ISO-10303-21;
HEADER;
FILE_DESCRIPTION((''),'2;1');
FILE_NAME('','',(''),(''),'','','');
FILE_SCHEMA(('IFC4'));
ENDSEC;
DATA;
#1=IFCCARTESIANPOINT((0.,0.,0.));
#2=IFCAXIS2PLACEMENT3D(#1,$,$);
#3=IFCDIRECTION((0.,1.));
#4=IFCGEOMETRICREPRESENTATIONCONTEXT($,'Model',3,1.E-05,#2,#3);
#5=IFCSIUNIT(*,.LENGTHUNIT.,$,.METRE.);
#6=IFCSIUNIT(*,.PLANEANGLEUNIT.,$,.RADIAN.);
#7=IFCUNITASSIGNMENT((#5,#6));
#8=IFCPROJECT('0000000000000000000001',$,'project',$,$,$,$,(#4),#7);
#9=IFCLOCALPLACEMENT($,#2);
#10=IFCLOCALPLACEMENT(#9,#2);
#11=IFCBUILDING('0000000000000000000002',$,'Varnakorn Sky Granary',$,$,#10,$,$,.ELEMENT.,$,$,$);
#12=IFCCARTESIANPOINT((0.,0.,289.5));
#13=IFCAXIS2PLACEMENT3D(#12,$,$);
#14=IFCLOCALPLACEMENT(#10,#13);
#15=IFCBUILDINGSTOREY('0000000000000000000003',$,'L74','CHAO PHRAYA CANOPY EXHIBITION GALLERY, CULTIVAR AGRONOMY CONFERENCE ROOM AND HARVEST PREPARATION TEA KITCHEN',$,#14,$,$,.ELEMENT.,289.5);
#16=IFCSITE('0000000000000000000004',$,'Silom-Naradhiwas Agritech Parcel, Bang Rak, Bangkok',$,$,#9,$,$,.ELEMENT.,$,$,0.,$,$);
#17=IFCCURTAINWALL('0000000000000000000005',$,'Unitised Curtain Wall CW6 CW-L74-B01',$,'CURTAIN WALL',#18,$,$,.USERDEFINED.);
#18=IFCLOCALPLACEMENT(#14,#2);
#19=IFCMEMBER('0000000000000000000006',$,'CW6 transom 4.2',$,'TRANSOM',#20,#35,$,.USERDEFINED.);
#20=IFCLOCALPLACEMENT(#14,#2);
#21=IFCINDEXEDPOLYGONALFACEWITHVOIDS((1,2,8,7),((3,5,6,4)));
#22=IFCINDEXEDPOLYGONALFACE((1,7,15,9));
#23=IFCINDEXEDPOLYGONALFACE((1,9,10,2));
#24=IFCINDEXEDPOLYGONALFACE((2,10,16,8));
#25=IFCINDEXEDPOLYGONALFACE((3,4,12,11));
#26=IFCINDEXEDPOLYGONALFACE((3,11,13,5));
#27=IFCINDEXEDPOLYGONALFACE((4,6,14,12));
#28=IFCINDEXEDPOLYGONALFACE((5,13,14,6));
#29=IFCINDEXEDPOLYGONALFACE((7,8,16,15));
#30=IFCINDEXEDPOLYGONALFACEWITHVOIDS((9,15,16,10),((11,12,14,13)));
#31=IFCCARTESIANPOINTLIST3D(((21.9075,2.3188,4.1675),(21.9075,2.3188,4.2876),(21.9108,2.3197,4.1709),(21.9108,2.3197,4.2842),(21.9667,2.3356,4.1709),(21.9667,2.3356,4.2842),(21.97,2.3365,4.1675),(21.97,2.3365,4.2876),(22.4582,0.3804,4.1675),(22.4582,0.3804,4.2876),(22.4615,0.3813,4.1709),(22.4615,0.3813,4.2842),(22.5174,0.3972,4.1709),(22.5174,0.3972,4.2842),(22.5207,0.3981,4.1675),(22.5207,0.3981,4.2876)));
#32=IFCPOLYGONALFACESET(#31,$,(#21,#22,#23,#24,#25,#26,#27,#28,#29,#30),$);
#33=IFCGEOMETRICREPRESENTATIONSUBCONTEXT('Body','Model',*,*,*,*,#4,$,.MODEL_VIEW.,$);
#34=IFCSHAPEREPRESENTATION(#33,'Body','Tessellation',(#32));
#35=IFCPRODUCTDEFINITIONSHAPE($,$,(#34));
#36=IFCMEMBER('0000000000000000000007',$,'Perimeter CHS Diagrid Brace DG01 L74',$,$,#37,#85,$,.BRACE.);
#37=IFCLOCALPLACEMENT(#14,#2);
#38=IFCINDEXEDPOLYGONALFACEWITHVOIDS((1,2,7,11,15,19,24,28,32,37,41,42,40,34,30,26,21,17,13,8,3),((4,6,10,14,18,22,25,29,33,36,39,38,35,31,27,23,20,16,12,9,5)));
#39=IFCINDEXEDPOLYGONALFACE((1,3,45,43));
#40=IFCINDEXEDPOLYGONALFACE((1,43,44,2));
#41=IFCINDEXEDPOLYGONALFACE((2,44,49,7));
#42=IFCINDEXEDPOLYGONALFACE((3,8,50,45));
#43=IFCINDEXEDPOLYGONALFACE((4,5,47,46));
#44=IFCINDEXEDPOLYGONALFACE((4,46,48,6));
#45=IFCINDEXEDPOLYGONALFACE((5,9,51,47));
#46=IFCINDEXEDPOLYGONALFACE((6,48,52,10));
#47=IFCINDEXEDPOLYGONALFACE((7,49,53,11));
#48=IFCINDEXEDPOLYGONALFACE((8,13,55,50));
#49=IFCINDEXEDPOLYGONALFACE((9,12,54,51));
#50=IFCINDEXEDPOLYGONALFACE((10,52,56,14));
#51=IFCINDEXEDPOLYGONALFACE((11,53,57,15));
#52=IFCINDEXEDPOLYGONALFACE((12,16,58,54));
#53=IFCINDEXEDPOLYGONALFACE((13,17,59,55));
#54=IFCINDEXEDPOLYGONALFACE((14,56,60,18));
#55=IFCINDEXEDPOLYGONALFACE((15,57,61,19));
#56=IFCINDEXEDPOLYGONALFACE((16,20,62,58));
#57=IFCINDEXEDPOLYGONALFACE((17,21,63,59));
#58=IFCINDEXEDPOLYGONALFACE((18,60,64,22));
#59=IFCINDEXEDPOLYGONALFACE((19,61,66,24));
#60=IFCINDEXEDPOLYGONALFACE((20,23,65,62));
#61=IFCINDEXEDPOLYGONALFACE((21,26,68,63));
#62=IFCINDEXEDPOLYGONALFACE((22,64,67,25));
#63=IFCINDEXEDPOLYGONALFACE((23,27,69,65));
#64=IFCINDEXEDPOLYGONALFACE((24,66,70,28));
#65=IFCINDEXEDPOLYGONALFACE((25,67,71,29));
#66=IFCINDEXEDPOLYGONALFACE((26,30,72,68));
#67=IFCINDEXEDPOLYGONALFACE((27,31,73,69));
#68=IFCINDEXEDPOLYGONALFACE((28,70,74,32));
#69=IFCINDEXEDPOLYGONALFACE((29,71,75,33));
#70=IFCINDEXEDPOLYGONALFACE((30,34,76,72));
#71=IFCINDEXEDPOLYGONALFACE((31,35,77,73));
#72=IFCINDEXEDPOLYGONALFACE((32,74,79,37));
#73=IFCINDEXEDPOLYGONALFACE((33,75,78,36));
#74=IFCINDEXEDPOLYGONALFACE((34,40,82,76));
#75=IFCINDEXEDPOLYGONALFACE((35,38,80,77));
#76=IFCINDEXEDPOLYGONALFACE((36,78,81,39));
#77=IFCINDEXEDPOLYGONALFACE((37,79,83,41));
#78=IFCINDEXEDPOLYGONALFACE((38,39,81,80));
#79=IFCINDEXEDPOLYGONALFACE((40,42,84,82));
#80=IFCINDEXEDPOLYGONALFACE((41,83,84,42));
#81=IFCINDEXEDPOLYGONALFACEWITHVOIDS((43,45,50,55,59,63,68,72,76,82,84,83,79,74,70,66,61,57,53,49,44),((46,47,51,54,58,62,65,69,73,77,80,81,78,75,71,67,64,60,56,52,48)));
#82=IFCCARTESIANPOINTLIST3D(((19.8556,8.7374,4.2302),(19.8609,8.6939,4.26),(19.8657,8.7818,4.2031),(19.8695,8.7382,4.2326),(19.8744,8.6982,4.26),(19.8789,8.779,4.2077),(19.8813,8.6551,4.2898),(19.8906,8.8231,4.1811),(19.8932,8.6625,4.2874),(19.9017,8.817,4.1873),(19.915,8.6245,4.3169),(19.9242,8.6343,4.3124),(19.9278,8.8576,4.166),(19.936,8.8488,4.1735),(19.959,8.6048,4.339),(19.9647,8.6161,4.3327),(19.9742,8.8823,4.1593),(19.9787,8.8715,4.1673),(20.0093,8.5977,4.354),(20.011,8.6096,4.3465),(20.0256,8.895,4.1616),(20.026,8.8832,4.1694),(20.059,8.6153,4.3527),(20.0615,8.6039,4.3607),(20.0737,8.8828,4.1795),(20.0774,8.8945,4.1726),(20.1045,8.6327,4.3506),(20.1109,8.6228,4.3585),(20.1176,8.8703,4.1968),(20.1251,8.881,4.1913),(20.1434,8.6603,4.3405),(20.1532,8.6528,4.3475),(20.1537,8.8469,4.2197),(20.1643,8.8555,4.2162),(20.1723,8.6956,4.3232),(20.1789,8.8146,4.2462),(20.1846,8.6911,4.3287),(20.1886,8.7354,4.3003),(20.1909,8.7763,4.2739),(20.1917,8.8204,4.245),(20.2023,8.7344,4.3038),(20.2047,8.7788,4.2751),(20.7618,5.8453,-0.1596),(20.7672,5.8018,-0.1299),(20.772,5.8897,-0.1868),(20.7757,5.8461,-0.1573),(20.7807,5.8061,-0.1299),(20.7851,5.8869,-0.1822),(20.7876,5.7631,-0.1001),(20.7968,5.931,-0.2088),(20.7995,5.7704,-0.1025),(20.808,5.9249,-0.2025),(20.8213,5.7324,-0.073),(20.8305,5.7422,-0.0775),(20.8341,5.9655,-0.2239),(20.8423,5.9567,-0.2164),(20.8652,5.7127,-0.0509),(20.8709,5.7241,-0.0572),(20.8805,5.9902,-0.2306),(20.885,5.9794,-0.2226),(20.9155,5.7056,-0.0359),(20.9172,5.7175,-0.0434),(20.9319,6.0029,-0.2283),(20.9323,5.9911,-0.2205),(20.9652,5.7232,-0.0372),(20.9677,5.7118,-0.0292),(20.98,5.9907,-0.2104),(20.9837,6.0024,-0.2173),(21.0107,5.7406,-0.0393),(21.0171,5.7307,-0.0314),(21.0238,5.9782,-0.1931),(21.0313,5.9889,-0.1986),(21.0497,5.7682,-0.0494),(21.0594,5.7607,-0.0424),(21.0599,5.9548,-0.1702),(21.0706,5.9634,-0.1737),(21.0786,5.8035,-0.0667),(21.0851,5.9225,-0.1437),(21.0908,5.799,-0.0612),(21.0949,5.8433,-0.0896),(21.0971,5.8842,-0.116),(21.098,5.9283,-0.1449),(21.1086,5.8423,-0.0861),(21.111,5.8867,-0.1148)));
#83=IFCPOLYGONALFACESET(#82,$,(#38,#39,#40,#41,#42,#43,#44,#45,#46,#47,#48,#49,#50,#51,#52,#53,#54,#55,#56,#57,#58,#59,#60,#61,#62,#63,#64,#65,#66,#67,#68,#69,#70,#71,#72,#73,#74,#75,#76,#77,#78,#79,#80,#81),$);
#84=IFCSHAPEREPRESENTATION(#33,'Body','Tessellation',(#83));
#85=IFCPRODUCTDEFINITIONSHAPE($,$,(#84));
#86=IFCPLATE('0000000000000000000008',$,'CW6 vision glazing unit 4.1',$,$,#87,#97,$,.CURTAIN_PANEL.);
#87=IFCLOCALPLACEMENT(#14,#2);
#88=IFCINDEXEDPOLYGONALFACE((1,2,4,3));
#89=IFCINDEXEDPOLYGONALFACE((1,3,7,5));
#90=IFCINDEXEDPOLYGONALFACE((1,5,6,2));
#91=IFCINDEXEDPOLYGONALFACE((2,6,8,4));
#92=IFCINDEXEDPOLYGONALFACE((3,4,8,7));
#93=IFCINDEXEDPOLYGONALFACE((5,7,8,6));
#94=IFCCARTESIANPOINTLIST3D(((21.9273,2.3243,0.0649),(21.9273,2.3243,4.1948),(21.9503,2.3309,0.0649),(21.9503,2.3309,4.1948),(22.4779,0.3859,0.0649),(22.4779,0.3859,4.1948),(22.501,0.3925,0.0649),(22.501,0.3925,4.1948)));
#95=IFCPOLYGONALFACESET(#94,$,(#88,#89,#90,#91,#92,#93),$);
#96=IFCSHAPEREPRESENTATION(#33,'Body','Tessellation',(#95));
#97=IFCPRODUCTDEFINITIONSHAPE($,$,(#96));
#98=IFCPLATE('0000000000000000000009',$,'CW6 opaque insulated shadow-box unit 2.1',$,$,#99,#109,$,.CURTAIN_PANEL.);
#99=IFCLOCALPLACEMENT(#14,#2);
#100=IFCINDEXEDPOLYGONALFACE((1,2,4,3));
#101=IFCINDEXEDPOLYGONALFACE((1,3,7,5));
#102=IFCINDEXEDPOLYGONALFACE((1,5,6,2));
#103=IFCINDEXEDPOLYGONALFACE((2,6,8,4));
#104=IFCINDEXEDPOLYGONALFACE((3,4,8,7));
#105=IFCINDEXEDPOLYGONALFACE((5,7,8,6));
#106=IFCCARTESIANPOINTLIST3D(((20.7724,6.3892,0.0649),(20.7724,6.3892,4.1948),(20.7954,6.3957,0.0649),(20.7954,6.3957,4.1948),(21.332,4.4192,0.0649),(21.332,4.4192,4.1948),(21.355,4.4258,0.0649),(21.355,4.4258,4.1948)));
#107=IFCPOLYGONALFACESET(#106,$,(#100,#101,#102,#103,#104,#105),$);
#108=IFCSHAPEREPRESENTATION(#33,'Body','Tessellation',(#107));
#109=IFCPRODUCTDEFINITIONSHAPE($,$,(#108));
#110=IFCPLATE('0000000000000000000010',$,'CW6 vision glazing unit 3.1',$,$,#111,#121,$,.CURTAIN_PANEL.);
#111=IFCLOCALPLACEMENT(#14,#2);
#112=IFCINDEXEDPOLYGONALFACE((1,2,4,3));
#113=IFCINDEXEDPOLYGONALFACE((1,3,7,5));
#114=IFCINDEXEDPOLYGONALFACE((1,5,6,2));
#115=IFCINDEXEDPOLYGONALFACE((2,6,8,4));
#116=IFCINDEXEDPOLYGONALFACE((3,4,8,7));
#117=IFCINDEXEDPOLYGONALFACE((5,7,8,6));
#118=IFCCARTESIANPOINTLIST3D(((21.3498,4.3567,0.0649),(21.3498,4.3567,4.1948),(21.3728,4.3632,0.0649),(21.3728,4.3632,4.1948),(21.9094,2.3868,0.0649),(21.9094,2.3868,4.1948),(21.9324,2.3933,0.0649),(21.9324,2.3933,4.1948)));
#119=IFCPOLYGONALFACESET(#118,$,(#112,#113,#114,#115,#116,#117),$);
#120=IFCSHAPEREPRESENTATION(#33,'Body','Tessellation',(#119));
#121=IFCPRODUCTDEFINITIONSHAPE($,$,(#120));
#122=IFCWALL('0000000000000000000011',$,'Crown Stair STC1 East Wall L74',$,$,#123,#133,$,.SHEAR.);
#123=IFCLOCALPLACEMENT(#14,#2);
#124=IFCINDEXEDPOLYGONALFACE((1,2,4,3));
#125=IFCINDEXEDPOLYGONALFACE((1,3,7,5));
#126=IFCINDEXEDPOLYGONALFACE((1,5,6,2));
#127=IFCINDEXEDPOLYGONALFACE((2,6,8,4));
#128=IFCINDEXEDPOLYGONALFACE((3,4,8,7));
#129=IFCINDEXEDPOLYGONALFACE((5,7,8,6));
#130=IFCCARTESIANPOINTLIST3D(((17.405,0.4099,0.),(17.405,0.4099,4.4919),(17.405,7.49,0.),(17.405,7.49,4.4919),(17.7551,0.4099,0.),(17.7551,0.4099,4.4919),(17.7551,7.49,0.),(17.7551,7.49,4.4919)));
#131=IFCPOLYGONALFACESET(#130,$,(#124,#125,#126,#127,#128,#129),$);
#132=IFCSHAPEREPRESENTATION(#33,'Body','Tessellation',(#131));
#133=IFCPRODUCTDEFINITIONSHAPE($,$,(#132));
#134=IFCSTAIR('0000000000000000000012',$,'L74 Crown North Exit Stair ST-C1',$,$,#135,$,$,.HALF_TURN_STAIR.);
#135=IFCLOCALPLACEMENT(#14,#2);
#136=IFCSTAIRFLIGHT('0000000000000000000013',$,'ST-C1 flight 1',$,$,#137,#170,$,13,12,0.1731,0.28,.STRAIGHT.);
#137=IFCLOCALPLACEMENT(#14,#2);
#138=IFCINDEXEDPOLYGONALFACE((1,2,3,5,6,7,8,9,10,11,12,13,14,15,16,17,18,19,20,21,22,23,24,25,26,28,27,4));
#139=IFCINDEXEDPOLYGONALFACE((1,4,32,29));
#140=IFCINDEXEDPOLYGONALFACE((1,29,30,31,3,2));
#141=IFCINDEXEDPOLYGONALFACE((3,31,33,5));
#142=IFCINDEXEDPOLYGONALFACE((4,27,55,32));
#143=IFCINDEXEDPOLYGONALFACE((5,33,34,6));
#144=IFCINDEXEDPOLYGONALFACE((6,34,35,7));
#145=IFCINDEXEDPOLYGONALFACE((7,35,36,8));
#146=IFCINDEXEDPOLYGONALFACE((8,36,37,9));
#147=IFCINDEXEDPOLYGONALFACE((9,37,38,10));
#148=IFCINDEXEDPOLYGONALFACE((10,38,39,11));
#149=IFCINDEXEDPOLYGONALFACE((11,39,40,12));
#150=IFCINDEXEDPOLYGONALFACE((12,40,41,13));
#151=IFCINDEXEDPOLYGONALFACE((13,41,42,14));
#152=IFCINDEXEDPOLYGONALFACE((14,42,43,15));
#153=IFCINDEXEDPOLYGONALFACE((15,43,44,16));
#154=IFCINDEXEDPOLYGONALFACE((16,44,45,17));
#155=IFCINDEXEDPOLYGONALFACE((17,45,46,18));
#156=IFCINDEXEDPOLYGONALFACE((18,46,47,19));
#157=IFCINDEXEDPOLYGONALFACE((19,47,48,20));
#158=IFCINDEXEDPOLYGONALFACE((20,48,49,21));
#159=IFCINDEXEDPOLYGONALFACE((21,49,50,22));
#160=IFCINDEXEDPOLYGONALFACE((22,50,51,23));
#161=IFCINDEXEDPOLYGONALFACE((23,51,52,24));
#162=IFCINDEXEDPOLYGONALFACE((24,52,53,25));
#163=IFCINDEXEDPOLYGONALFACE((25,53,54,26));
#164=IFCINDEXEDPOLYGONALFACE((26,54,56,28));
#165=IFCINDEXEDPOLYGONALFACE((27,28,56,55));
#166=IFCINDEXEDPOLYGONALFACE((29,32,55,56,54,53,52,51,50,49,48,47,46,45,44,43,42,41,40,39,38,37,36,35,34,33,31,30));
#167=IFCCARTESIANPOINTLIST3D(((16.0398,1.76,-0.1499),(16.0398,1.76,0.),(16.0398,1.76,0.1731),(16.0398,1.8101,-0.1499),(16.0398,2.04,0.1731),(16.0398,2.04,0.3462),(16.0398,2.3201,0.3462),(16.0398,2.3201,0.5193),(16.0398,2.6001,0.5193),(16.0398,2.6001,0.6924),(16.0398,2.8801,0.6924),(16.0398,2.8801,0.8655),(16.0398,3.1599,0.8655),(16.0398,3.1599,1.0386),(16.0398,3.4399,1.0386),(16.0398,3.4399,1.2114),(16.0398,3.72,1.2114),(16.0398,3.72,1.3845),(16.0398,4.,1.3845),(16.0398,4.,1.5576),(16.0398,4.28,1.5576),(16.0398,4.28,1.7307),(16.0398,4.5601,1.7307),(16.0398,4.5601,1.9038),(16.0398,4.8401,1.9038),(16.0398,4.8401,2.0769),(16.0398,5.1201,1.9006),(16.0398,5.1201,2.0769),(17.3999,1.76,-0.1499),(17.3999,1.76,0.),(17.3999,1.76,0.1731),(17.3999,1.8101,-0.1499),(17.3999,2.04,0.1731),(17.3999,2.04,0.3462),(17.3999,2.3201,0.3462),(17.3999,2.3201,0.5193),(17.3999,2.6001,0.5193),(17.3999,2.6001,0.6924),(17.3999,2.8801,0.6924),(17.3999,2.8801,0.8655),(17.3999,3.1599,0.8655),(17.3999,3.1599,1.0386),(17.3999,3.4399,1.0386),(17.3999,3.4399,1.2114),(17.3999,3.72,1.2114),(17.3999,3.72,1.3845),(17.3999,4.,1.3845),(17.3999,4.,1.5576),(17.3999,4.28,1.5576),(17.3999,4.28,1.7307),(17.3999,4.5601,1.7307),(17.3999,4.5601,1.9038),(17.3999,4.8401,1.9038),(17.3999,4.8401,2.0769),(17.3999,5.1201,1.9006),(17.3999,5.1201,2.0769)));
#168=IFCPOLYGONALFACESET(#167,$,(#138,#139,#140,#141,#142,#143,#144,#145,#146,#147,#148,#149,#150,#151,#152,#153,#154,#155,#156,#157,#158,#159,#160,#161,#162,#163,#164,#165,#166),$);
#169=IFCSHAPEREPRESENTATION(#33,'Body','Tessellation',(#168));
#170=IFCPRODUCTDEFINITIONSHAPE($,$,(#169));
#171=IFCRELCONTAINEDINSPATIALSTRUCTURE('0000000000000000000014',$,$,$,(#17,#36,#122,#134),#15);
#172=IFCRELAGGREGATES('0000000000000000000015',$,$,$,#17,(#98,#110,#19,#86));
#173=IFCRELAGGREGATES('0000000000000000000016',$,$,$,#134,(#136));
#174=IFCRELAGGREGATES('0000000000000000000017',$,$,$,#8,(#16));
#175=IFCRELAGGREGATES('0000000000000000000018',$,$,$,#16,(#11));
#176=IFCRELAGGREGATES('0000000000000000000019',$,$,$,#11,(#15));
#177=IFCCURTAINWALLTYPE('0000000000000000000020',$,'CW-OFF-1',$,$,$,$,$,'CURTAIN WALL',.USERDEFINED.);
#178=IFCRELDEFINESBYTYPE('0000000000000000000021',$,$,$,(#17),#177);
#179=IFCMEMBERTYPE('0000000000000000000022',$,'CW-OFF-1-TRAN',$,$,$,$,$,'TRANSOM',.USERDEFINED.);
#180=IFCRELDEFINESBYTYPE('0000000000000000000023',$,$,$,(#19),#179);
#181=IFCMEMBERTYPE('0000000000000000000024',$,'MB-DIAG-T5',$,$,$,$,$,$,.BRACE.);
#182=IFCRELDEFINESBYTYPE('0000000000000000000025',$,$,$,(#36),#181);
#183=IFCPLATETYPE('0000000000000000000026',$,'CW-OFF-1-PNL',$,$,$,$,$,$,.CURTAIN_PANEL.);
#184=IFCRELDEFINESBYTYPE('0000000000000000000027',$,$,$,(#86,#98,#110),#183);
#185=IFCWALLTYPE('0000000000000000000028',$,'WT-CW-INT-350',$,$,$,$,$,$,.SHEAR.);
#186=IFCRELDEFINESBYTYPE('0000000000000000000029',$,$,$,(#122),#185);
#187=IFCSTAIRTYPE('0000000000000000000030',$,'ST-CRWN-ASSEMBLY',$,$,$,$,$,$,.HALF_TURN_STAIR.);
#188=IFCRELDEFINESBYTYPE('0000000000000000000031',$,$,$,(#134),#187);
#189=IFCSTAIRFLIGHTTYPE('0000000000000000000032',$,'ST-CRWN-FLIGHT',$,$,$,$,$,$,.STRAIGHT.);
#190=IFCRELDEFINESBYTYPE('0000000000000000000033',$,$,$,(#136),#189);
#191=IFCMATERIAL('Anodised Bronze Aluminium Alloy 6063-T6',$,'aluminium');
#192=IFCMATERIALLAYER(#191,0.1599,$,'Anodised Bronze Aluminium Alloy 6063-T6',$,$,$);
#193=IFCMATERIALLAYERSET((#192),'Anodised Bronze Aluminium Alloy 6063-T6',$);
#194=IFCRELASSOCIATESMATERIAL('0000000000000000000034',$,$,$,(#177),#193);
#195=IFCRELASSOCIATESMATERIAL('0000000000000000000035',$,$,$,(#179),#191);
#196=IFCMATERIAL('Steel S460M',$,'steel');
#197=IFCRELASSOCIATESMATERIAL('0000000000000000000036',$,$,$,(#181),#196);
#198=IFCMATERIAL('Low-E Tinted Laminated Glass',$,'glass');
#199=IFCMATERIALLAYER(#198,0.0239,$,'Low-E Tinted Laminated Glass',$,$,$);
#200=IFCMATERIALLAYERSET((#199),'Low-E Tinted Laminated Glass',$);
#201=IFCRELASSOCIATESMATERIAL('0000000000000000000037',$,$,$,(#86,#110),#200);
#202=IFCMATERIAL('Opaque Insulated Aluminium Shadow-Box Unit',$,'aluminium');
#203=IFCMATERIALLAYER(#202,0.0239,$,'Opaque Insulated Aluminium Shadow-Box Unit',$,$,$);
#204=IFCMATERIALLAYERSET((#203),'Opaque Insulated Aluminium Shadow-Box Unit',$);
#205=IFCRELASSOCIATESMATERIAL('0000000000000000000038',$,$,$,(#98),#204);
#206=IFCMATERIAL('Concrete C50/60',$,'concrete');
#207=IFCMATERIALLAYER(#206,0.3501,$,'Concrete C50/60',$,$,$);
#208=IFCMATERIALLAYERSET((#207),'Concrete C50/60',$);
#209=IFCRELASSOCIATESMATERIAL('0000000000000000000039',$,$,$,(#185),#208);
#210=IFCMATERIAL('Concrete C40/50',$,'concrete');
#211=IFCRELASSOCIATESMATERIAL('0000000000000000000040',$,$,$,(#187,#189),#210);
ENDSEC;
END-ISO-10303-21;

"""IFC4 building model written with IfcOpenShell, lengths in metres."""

from ifc_helpers import new_model, si_unit, direction, frame, frame_2d, origin, origin_2d, place, context, subcontext, project, spatial, polyline, rectangle, hollow_rectangle, hollow_circle, outline, extrude, source, transform, mapped, material, layer, layer_set, material_profile, profile_set, type_object, type_shapes, element, aggregate, save


model = new_model("IFC4")

# Units and contexts
model_context = context("Model", 3, precision=1e-05, world=origin(), true_north=direction((0.0, 1.0)))
body_context = subcontext(model_context, "Body", "Model", "MODEL_VIEW")
ifc_project = project(units=[si_unit("LENGTHUNIT", "METRE"), si_unit("PLANEANGLEUNIT", "RADIAN")], contexts=[model_context])

# Site, building, storey
site_placement = place(None, origin())
site = spatial("IfcSite", under=ifc_project, at=site_placement, Name="Silom-Naradhiwas Agritech Parcel, Bang Rak, Bangkok", CompositionType="ELEMENT", RefElevation=0.0)
building_placement = place(site_placement, origin())
building = spatial("IfcBuilding", under=site, at=building_placement, Name="Varnakorn Sky Granary", CompositionType="ELEMENT")
storey_placement = place(building_placement, frame((0.0, 0.0, 289.5)))
storey = spatial("IfcBuildingStorey", under=building, at=storey_placement, Name="L74", Description="CHAO PHRAYA CANOPY EXHIBITION GALLERY, CULTIVAR AGRONOMY CONFERENCE ROOM AND HARVEST PREPARATION TEA KITCHEN", CompositionType="ELEMENT", Elevation=289.5)

# Curtain wall, member
ifc_material_1 = material(Name="Anodised Bronze Aluminium Alloy 6063-T6", Category="aluminium")
ifc_layer_1 = layer(ifc_material_1, 0.1599, Name="Anodised Bronze Aluminium Alloy 6063-T6")
ifc_layer_set_1 = layer_set([ifc_layer_1], Name="Anodised Bronze Aluminium Alloy 6063-T6")
curtain_wall_type = type_object("IfcCurtainWallType", Name="CW-OFF-1", ElementType="CURTAIN WALL", PredefinedType="USERDEFINED", material=ifc_layer_set_1)
curtain_wall_placement = place(storey_placement, origin())
curtain_wall = element("IfcCurtainWall", 1, at=curtain_wall_placement, inside=storey, type_object=curtain_wall_type, Name="Unitised Curtain Wall CW6 CW-L74-B01", ObjectType="CURTAIN WALL", PredefinedType="USERDEFINED")
ifc_material_profile_1 = material_profile(ifc_material_1, hollow_rectangle(XDim=0.0649, YDim=0.1201, WallThickness=0.0034, at=origin_2d()), Name="ALU TRAN 65x120")
ifc_profile_set_1 = profile_set([ifc_material_profile_1], Name="Anodised Bronze Aluminium Alloy 6063-T6")
member_type_1 = type_object("IfcMemberType", Name="CW-OFF-1-TRAN", ElementType="TRANSOM", PredefinedType="USERDEFINED", material=ifc_profile_set_1)
member_1_placement = place(storey_placement, frame((21.9387, 2.3276, 4.2275), z_axis=(0.273313, -0.961925, 0.0), x_axis=(0.961925, 0.273313, 0.0)))
member_1 = element("IfcMember", 2, at=member_1_placement, type_object=member_type_1, Name="CW6 transom 4.2", ObjectType="TRANSOM", PredefinedType="USERDEFINED", context=body_context, shape_type="SweptSolid", body=[
    extrude(hollow_rectangle(XDim=0.0649, YDim=0.1201, WallThickness=0.0034, at=origin_2d()), origin(), (0.0, 0.0, 1.0), 2.0151),
])

# Member
ifc_material_2 = material(Name="Steel S460M", Category="steel")
ifc_material_profile_2 = material_profile(ifc_material_2, hollow_circle(Radius=0.1777, WallThickness=0.0142, at=origin_2d()), Name="CHS 355.6x14")
ifc_profile_set_2 = profile_set([ifc_material_profile_2], Name="Steel S460M")
member_type_2 = type_object("IfcMemberType", Name="MB-DIAG-T5", PredefinedType="BRACE", material=ifc_profile_set_2)
member_2_placement = place(storey_placement, frame((20.9368, 5.855, -0.1299), z_axis=(-0.169885, 0.542151, 0.822929), x_axis=(-0.954247, -0.299018, 0.0)))
element("IfcMember", 3, at=member_2_placement, inside=storey, type_object=member_type_2, Name="Perimeter CHS Diagrid Brace DG01 L74", PredefinedType="BRACE", context=body_context, shape_type="SweptSolid", body=[
    extrude(hollow_circle(Radius=0.1777, WallThickness=0.0142, at=origin_2d()), origin(), (0.0, 0.0, 1.0), 5.3345),
])

# Plates
ifc_material_3 = material(Name="Low-E Tinted Laminated Glass", Category="glass")
ifc_layer_2 = layer(ifc_material_3, 0.0239, Name="Low-E Tinted Laminated Glass")
ifc_layer_set_2 = layer_set([ifc_layer_2], Name="Low-E Tinted Laminated Glass")
plate_type = type_object("IfcPlateType", Name="CW-OFF-1-PNL", PredefinedType="CURTAIN_PANEL")
shared_shape_1 = source(origin(), body_context, "Body", "SweptSolid", [
    extrude(rectangle(XDim=2.0151, YDim=0.0239, at=origin_2d()), origin(), (0.0, 0.0, 1.0), 4.1299),
])
plate_1_placement = place(storey_placement, frame((22.2141, 1.3584, 0.0649), z_axis=(0.0, 0.0, 1.0), x_axis=(0.27327, -0.961937, 0.0)))
plate_1 = element("IfcPlate", 4, at=plate_1_placement, type_object=plate_type, material=ifc_layer_set_2, Name="CW6 vision glazing unit 4.1", PredefinedType="CURTAIN_PANEL", context=body_context, shape_type="MappedRepresentation", body=[
    mapped(shared_shape_1, transform((0.0, 0.0, 0.0), x_axis=(1.0, 0.0, 0.0), y_axis=(0.0, 1.0, 0.0), z_axis=(0.0, 0.0, 1.0), scale=1.0)),
])
ifc_material_4 = material(Name="Opaque Insulated Aluminium Shadow-Box Unit", Category="aluminium")
ifc_layer_3 = layer(ifc_material_4, 0.0239, Name="Opaque Insulated Aluminium Shadow-Box Unit")
ifc_layer_set_3 = layer_set([ifc_layer_3], Name="Opaque Insulated Aluminium Shadow-Box Unit")
shared_shape_2 = source(origin(), body_context, "Body", "SweptSolid", [
    extrude(rectangle(XDim=2.0479, YDim=0.0239, at=origin_2d()), origin(), (0.0, 0.0, 1.0), 4.1299),
])
type_shapes(plate_type, [shared_shape_1, shared_shape_2])
plate_2_placement = place(storey_placement, frame((21.0637, 5.4075, 0.0649), z_axis=(0.0, 0.0, 1.0), x_axis=(0.27327, -0.961937, 0.0)))
plate_2 = element("IfcPlate", 5, at=plate_2_placement, type_object=plate_type, material=ifc_layer_set_3, Name="CW6 opaque insulated shadow-box unit 2.1", PredefinedType="CURTAIN_PANEL", context=body_context, shape_type="MappedRepresentation", body=[
    mapped(shared_shape_2, transform((0.0, 0.0, 0.0), x_axis=(1.0, 0.0, 0.0), y_axis=(0.0, 1.0, 0.0), z_axis=(0.0, 0.0, 1.0), scale=1.0)),
])
plate_3_placement = place(storey_placement, frame((21.6411, 3.375, 0.0649), z_axis=(0.0, 0.0, 1.0), x_axis=(0.27327, -0.961937, 0.0)))
plate_3 = element("IfcPlate", 6, at=plate_3_placement, type_object=plate_type, material=ifc_layer_set_2, Name="CW6 vision glazing unit 3.1", PredefinedType="CURTAIN_PANEL", context=body_context, shape_type="MappedRepresentation", body=[
    mapped(shared_shape_2, transform((0.0, 0.0, 0.0), x_axis=(1.0, 0.0, 0.0), y_axis=(0.0, 1.0, 0.0), z_axis=(0.0, 0.0, 1.0), scale=1.0)),
])
aggregate(curtain_wall, [plate_2, plate_3, member_1, plate_1])

# Wall
ifc_material_5 = material(Name="Concrete C50/60", Category="concrete")
ifc_layer_4 = layer(ifc_material_5, 0.3501, Name="Concrete C50/60")
ifc_layer_set_4 = layer_set([ifc_layer_4], Name="Concrete C50/60")
wall_type = type_object("IfcWallType", Name="WT-CW-INT-350", PredefinedType="SHEAR", material=ifc_layer_set_4)
wall_placement = place(storey_placement, frame((17.5801, 0.4099, 0.0), z_axis=(0.0, 0.0, 1.0), x_axis=(0.0, 1.0, 0.0)))
element("IfcWall", 7, at=wall_placement, inside=storey, type_object=wall_type, Name="Crown Stair STC1 East Wall L74", PredefinedType="SHEAR", context=body_context, shape_type="SweptSolid", body=[
    extrude(rectangle(XDim=7.0801, YDim=0.3501, at=frame_2d((3.54, 0.0))), origin(), (0.0, 0.0, 1.0), 4.4919),
])

# Stair, stair flight
ifc_material_6 = material(Name="Concrete C40/50", Category="concrete")
stair_type = type_object("IfcStairType", Name="ST-CRWN-ASSEMBLY", PredefinedType="HALF_TURN_STAIR", material=ifc_material_6)
stair_placement = place(storey_placement, origin())
stair = element("IfcStair", 8, at=stair_placement, inside=storey, type_object=stair_type, Name="L74 Crown North Exit Stair ST-C1", PredefinedType="HALF_TURN_STAIR")
stair_flight_type = type_object("IfcStairFlightType", Name="ST-CRWN-FLIGHT", PredefinedType="STRAIGHT", material=ifc_material_6)
stair_flight_1_placement = place(storey_placement, frame((16.72, 1.76, 0.0), z_axis=(0.0, 0.0, 1.0), x_axis=(0.0, 1.0, 0.0)))
stair_flight_1 = element("IfcStairFlight", 9, at=stair_flight_1_placement, type_object=stair_flight_type, Name="ST-C1 flight 1", NumberOfRisers=13, NumberOfTreads=12, PredefinedType="STRAIGHT", RiserHeight=0.1731, TreadLength=0.28, context=body_context, shape_type="SweptSolid", body=[
    extrude(outline(polyline([(0.0, -0.1499), (0.0, 0.0), (0.0, 0.1731), (0.28, 0.1731), (0.28, 0.3462), (0.5601, 0.3462), (0.5601, 0.5193), (0.8401, 0.5193), (0.8401, 0.6924), (1.1201, 0.6924), (1.1201, 0.8655), (1.3999, 0.8655), (1.3999, 1.0386), (1.6799, 1.0386), (1.6799, 1.2114), (1.96, 1.2114), (1.96, 1.3845), (2.24, 1.3845), (2.24, 1.5576), (2.52, 1.5576), (2.52, 1.7307), (2.8, 1.7307), (2.8, 1.9038), (3.0801, 1.9038), (3.0801, 2.0769), (3.3601, 2.0769), (3.3601, 2.25), (3.3601, 1.9006), (0.05, -0.1499), (0.0, -0.1499)])), frame((0.0, 0.6802, 0.0), z_axis=(0.0, -1.0, 0.0), x_axis=(1.0, 0.0, 0.0)), (0.0, 0.0, 1.0), 1.3601),
])
aggregate(stair, [stair_flight_1])

save(model, "model.ifc")
